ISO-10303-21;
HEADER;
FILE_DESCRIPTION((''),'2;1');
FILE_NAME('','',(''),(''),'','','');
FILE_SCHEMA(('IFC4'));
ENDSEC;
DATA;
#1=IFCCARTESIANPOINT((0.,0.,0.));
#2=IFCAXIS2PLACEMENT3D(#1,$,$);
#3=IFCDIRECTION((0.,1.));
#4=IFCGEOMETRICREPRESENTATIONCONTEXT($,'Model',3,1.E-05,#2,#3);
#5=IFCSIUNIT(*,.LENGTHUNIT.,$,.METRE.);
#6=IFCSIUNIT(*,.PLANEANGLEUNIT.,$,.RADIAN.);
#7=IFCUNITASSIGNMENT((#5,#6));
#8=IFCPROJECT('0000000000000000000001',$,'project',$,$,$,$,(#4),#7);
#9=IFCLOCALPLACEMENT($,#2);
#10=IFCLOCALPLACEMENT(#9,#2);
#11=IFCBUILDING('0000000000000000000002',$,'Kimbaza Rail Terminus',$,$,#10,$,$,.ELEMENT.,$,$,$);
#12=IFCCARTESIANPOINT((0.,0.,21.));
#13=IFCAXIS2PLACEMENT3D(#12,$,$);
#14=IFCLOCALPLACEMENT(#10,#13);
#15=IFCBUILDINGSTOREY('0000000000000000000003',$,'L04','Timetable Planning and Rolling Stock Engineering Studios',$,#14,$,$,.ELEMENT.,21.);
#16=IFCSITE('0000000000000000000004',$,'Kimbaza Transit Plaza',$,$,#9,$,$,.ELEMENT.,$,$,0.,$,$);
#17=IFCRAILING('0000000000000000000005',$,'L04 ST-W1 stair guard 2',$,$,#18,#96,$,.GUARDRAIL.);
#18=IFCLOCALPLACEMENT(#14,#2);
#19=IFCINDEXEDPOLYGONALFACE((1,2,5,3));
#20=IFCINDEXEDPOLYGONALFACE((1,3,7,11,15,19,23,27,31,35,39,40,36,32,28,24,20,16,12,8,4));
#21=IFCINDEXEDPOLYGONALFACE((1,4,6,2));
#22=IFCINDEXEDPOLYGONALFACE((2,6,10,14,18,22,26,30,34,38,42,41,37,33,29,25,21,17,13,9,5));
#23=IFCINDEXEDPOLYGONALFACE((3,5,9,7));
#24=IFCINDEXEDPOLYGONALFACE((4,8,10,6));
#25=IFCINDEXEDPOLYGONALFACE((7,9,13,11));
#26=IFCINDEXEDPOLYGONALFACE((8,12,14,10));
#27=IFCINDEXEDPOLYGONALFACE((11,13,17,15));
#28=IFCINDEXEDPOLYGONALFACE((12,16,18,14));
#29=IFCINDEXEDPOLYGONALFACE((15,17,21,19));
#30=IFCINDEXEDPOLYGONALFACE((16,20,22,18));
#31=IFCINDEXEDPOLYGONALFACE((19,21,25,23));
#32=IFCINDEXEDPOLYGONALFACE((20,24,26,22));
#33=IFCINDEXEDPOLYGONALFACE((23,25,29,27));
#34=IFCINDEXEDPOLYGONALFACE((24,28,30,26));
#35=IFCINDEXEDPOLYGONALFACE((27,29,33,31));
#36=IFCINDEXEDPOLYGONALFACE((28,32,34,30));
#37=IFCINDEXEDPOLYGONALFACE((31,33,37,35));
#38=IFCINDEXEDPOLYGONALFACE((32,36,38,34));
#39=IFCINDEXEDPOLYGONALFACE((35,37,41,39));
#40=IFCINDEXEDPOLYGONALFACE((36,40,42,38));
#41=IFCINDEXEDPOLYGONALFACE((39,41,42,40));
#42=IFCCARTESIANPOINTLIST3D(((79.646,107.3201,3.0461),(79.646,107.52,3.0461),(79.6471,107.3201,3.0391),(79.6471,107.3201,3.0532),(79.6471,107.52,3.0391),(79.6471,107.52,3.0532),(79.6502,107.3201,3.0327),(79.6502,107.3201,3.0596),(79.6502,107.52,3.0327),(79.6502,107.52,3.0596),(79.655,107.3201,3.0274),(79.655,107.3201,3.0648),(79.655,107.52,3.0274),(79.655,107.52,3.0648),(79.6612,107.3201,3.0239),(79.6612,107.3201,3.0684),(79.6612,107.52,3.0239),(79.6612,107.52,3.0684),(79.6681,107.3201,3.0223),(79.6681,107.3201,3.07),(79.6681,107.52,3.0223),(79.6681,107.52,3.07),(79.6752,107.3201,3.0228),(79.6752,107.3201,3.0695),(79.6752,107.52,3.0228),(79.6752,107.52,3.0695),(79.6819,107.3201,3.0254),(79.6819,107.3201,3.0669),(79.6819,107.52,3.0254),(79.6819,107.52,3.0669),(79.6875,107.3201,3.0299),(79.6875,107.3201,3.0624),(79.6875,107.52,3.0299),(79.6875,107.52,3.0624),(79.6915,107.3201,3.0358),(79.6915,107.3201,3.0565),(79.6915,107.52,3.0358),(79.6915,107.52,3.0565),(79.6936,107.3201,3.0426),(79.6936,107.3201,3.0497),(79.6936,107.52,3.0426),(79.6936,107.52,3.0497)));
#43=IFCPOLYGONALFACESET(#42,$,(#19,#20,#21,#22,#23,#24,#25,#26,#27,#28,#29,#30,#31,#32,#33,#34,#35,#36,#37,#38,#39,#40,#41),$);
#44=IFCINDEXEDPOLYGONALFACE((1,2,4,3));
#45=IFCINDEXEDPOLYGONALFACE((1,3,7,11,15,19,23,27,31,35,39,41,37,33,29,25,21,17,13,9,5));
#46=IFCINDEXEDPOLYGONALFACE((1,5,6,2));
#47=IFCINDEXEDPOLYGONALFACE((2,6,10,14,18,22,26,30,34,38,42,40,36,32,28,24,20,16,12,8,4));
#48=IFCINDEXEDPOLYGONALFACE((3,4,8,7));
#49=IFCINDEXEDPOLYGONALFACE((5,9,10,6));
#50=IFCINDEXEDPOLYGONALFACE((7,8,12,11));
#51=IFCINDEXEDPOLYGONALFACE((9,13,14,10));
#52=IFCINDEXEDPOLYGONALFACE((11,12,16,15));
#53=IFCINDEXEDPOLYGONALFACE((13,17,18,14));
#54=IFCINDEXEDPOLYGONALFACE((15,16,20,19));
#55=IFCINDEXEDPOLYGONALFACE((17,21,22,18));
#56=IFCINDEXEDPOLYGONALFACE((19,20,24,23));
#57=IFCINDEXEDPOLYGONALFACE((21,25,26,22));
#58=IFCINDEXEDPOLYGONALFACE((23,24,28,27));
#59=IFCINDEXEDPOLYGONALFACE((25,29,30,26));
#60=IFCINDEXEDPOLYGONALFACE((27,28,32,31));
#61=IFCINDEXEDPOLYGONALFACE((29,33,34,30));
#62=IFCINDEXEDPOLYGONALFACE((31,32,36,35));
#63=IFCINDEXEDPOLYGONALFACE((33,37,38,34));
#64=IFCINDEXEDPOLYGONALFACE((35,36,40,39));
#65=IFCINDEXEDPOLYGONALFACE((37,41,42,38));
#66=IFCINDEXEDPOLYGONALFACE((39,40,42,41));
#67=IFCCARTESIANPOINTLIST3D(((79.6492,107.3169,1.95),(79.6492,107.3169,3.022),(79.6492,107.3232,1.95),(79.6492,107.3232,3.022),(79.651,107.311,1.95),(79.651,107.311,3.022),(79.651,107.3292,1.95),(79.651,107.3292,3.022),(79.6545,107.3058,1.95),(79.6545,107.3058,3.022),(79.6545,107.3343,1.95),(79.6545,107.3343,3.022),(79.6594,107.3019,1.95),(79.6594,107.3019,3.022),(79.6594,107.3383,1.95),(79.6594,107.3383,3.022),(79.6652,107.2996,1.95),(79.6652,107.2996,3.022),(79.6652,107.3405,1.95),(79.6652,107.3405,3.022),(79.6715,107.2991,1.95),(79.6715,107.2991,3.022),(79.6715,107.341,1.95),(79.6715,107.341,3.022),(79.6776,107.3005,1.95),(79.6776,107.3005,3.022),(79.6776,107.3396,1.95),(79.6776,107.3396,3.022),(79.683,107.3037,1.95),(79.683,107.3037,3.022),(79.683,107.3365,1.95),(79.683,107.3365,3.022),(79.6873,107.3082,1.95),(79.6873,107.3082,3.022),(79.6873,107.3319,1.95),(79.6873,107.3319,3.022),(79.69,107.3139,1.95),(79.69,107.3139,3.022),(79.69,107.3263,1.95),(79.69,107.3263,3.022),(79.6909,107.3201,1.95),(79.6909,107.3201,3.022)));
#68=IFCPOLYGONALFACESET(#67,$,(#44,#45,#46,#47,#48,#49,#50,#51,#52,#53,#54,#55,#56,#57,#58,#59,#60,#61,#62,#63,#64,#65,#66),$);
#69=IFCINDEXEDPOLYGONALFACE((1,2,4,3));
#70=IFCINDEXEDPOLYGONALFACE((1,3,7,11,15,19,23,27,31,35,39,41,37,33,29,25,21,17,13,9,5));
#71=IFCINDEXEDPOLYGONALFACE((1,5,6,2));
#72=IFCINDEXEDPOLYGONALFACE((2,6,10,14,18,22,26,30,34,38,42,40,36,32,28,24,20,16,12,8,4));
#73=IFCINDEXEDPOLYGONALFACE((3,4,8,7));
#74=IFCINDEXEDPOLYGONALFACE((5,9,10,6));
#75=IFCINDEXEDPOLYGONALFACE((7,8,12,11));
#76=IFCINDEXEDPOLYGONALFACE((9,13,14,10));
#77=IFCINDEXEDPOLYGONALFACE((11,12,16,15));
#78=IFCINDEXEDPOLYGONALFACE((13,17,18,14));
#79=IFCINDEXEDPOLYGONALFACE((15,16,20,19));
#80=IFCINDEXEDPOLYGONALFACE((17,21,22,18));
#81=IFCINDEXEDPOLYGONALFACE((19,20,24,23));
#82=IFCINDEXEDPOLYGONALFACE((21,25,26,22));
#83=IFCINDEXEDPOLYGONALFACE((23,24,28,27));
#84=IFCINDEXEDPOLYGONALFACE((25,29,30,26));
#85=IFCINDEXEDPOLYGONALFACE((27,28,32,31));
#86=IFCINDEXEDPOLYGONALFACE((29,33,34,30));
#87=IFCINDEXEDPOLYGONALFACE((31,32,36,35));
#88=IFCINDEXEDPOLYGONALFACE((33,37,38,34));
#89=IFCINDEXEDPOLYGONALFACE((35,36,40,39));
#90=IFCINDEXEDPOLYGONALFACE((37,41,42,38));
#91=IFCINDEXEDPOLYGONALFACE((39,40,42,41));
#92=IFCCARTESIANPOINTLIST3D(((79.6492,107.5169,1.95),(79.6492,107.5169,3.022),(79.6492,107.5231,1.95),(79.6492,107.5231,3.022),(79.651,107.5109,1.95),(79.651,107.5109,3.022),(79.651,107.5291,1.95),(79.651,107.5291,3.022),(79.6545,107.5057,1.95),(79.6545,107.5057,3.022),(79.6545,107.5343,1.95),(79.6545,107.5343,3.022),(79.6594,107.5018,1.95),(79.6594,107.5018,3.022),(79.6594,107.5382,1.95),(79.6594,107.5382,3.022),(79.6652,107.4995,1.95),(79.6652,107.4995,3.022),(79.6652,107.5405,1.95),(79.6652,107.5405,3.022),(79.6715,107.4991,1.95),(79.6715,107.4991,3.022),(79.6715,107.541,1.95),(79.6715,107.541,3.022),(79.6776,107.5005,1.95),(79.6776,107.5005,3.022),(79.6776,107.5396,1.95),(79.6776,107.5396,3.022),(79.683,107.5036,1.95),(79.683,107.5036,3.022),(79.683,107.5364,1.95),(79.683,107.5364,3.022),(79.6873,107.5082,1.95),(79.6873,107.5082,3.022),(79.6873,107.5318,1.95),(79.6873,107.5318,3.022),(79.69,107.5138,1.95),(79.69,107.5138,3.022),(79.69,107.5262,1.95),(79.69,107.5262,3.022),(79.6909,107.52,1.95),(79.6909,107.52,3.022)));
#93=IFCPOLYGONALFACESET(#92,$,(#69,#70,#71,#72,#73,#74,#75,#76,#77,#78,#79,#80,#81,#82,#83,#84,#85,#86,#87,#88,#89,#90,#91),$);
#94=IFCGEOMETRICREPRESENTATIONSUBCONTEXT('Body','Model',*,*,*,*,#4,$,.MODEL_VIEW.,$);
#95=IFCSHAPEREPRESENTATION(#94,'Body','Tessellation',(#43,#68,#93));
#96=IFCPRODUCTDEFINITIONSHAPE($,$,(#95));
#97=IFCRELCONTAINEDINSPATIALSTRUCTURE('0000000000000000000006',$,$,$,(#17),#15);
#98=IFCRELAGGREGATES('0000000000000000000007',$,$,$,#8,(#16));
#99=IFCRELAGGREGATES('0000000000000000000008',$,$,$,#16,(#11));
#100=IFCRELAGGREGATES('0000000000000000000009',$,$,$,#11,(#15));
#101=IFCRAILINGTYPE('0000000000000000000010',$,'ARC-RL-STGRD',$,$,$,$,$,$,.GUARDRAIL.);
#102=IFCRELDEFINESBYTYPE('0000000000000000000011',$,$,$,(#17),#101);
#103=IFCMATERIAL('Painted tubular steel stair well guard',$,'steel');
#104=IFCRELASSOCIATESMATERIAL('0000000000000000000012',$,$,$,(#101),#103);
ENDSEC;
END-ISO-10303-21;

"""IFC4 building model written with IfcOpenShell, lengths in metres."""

from ifc_helpers import new_model, si_unit, direction, frame, origin, origin_2d, place, context, subcontext, project, spatial, circle, extrude, material, type_object, element, save


model = new_model("IFC4")

# Units and contexts
model_context = context("Model", 3, precision=1e-05, world=origin(), true_north=direction((0.0, 1.0)))
body_context = subcontext(model_context, "Body", "Model", "MODEL_VIEW")
ifc_project = project(units=[si_unit("LENGTHUNIT", "METRE"), si_unit("PLANEANGLEUNIT", "RADIAN")], contexts=[model_context])

# Site, building, storey
site_placement = place(None, origin())
site = spatial("IfcSite", under=ifc_project, at=site_placement, Name="Kimbaza Transit Plaza", CompositionType="ELEMENT", RefElevation=0.0)
building_placement = place(site_placement, origin())
building = spatial("IfcBuilding", under=site, at=building_placement, Name="Kimbaza Rail Terminus", CompositionType="ELEMENT")
storey_placement = place(building_placement, frame((0.0, 0.0, 21.0)))
storey = spatial("IfcBuildingStorey", under=building, at=storey_placement, Name="L04", Description="Timetable Planning and Rolling Stock Engineering Studios", CompositionType="ELEMENT", Elevation=21.0)

# Railing
ifc_material_1 = material(Name="Painted tubular steel stair well guard", Category="steel")
railing_type_1 = type_object("IfcRailingType", Name="ARC-RL-STGRD", PredefinedType="GUARDRAIL", material=ifc_material_1)
railing_1_placement = place(storey_placement, frame((79.6699, 107.3201, 1.95)))
element("IfcRailing", 1, at=railing_1_placement, inside=storey, type_object=railing_type_1, Name="L04 ST-W1 stair guard 2", PredefinedType="GUARDRAIL", context=body_context, shape_type="SweptSolid", body=[
    extrude(circle(Radius=0.0239, at=origin_2d()), frame((0.0, 0.0, 1.0962), z_axis=(0.0, 1.0, 0.0), x_axis=(-1.0, 0.0, 0.0)), (0.0, 0.0, 1.0), 0.2),
    extrude(circle(Radius=0.021, at=origin_2d()), origin(), (0.0, 0.0, 1.0), 1.072),
    extrude(circle(Radius=0.021, at=origin_2d()), frame((0.0, 0.2, 0.0)), (0.0, 0.0, 1.0), 1.072),
])

save(model, "model.ifc")
